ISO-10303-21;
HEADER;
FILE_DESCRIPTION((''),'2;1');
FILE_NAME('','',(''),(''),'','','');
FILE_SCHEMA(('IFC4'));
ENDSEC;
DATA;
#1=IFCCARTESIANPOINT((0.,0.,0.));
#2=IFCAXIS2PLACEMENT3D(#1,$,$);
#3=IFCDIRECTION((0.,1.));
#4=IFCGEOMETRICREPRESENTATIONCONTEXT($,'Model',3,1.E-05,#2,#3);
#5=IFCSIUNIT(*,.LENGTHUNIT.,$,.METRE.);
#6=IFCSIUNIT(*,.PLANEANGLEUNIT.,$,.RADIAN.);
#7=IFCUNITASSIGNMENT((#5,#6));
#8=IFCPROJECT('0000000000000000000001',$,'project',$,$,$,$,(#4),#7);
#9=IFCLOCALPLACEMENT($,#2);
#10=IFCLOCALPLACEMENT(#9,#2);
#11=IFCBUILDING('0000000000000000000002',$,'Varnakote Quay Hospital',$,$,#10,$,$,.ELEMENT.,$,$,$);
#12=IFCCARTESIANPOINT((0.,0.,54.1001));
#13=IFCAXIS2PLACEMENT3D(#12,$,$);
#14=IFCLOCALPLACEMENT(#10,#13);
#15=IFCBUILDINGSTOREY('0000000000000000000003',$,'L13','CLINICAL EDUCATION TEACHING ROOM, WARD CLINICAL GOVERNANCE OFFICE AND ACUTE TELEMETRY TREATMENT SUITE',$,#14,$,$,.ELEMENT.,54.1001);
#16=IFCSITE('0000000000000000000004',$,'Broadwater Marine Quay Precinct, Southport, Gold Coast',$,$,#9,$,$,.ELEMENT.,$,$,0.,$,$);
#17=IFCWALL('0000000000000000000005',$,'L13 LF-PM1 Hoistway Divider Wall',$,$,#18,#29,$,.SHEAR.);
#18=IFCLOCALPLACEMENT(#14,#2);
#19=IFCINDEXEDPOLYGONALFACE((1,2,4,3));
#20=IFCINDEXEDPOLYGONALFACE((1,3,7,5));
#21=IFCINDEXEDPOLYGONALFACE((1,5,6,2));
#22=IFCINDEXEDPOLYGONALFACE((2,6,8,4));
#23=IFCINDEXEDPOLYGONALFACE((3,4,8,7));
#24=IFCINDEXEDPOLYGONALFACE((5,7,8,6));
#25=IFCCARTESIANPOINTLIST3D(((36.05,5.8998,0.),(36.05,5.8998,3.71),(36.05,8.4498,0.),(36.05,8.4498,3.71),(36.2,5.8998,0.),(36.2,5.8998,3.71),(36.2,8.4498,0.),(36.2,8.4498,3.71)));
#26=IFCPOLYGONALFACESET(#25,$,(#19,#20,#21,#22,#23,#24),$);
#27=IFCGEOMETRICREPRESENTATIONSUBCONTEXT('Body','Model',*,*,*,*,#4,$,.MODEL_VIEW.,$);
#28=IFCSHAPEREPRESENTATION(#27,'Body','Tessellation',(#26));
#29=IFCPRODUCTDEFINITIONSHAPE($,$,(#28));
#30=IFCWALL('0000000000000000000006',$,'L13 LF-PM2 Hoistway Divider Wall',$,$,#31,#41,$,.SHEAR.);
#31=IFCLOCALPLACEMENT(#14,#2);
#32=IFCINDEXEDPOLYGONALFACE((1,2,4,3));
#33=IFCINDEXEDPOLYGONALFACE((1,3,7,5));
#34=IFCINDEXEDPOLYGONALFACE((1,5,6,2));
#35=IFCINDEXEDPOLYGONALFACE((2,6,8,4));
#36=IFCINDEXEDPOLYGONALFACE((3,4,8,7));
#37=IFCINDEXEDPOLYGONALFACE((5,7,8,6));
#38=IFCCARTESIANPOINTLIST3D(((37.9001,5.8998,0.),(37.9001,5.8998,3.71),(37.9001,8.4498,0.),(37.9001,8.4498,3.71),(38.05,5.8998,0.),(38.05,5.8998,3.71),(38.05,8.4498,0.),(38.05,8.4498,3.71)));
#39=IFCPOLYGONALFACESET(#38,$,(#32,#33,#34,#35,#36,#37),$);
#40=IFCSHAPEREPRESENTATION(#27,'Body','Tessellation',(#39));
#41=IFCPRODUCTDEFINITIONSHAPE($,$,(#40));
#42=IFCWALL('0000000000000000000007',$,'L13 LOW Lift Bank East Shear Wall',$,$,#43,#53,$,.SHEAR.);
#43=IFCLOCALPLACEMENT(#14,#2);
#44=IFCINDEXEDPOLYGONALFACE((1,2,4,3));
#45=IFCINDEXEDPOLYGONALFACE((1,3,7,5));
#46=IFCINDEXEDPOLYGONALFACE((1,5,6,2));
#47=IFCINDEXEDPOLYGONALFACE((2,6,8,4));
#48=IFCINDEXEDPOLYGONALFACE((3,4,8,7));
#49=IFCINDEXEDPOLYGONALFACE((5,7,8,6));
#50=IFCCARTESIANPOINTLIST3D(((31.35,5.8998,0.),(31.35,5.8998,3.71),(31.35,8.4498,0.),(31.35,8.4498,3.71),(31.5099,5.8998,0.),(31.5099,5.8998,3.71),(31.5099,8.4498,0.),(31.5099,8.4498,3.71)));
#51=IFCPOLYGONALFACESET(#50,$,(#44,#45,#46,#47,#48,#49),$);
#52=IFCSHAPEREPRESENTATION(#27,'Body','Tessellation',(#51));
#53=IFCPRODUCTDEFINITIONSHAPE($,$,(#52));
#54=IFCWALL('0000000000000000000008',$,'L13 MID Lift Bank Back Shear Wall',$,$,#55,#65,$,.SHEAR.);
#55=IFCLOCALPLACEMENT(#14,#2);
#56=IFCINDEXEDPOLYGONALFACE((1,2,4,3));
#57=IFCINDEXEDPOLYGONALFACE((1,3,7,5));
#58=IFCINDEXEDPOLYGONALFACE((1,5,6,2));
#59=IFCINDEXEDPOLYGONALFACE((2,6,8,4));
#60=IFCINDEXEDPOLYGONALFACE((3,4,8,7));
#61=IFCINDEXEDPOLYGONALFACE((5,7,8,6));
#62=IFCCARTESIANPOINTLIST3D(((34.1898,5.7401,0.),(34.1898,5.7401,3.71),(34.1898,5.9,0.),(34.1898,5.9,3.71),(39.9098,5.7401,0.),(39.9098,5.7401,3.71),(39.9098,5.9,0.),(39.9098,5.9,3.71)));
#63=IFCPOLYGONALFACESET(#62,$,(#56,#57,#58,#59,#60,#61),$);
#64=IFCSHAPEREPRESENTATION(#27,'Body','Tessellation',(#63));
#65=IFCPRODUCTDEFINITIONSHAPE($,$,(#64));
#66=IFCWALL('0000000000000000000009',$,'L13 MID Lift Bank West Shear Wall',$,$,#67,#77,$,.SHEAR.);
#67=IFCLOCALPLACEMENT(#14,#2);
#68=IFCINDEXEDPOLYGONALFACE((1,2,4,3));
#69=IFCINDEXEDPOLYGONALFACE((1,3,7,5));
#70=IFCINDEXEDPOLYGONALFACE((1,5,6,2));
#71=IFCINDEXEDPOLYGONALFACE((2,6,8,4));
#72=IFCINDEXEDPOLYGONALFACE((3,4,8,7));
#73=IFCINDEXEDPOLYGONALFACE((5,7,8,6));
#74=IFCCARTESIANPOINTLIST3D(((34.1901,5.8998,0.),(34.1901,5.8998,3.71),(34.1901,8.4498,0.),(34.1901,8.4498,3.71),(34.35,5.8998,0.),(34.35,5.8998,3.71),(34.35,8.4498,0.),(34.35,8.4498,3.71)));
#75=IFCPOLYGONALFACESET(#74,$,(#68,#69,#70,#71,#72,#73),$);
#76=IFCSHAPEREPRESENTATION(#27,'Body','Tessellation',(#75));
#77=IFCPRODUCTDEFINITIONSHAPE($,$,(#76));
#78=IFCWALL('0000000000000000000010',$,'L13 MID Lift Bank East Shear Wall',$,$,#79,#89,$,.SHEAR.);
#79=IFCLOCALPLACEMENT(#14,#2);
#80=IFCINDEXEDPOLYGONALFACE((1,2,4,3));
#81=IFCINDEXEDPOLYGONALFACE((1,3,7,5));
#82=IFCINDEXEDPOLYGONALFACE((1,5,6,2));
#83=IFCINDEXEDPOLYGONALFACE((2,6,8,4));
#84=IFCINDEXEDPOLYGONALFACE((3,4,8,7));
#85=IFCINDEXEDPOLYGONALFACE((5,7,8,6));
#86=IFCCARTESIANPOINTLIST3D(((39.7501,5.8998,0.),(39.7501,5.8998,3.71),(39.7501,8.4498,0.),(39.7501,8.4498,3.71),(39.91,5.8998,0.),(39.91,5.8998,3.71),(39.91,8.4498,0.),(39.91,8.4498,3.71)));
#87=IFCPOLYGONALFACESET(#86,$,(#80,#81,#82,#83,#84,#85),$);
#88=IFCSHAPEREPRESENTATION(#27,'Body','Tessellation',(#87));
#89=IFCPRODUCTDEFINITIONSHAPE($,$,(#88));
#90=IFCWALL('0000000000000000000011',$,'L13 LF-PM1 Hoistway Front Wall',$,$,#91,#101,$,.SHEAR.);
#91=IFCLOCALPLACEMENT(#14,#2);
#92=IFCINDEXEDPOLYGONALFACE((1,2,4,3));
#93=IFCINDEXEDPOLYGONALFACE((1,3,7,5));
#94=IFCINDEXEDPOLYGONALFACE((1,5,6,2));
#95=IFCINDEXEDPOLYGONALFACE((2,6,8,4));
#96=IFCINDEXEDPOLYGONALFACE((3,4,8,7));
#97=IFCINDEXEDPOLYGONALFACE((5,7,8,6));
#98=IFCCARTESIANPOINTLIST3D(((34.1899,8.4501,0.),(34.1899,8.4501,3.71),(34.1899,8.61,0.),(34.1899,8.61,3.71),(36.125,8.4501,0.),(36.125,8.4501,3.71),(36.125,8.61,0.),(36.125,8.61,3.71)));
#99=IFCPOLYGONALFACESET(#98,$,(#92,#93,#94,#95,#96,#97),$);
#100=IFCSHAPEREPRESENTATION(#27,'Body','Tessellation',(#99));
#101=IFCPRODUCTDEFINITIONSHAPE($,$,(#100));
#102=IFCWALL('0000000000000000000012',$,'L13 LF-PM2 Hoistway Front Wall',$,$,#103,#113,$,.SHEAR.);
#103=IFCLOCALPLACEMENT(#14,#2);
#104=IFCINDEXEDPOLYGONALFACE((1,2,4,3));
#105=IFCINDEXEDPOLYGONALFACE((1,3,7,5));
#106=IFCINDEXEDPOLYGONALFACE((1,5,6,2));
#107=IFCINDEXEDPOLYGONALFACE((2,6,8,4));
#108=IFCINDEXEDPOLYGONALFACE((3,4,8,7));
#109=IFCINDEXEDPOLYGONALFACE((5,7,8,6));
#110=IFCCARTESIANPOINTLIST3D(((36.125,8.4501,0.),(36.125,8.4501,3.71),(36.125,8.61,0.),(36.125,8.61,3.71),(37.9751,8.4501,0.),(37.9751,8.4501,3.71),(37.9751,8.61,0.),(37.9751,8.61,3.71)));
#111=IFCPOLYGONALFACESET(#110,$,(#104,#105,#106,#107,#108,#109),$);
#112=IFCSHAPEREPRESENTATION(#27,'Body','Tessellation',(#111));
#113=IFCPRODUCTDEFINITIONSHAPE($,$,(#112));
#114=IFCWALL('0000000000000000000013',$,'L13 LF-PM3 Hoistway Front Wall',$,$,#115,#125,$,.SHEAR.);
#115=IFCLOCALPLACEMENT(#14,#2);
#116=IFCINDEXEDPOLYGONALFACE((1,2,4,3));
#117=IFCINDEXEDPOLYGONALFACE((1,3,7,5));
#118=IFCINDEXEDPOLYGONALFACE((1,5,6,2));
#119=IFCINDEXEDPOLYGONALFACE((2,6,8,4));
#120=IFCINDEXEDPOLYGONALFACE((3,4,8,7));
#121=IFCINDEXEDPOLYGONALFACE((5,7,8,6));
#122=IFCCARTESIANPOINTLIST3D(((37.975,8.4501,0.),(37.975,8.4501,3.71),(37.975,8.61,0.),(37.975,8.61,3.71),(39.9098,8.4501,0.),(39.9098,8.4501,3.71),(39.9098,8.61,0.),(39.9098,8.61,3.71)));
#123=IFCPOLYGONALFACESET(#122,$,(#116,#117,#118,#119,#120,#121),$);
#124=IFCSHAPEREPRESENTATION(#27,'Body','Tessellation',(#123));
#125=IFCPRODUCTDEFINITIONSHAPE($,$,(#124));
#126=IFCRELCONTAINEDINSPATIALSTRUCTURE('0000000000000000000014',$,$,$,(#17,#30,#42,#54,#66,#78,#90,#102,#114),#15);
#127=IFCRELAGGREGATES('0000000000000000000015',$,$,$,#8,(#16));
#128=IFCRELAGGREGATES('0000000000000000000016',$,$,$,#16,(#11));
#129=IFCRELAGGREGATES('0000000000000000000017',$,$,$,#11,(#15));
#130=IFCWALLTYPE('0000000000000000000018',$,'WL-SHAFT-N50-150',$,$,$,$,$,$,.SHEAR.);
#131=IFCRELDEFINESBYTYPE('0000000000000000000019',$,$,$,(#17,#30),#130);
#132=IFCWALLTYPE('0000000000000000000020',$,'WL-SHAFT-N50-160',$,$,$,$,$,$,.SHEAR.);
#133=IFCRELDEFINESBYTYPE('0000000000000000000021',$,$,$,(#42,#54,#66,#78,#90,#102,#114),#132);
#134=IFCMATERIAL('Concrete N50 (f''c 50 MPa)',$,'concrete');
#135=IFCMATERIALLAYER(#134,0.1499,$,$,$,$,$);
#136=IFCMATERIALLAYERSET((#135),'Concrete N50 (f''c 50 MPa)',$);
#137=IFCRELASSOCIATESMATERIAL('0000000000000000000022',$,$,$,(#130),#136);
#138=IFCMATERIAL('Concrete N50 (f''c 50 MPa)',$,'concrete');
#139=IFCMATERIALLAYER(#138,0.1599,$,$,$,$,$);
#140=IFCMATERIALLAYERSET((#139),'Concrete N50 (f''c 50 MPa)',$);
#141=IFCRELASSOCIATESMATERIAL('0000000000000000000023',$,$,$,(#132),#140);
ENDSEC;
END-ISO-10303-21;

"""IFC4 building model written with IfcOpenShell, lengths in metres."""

from ifc_helpers import new_model, si_unit, direction, frame, frame_2d, origin, place, context, subcontext, project, spatial, rectangle, extrude, material, layer, layer_set, type_object, element, save


model = new_model("IFC4")

# Units and contexts
model_context = context("Model", 3, precision=1e-05, world=origin(), true_north=direction((0.0, 1.0)))
body_context = subcontext(model_context, "Body", "Model", "MODEL_VIEW")
ifc_project = project(units=[si_unit("LENGTHUNIT", "METRE"), si_unit("PLANEANGLEUNIT", "RADIAN")], contexts=[model_context])

# Site, building, storey
site_placement = place(None, origin())
site = spatial("IfcSite", under=ifc_project, at=site_placement, Name="Broadwater Marine Quay Precinct, Southport, Gold Coast", CompositionType="ELEMENT", RefElevation=0.0)
building_placement = place(site_placement, origin())
building = spatial("IfcBuilding", under=site, at=building_placement, Name="Varnakote Quay Hospital", CompositionType="ELEMENT")
storey_placement = place(building_placement, frame((0.0, 0.0, 54.1001)))
storey = spatial("IfcBuildingStorey", under=building, at=storey_placement, Name="L13", Description="CLINICAL EDUCATION TEACHING ROOM, WARD CLINICAL GOVERNANCE OFFICE AND ACUTE TELEMETRY TREATMENT SUITE", CompositionType="ELEMENT", Elevation=54.1001)

# Walls
ifc_material_1 = material(Name="Concrete N50 (f'c 50 MPa)", Category="concrete")
ifc_layer_1 = layer(ifc_material_1, 0.1499)
ifc_layer_set_1 = layer_set([ifc_layer_1], Name="Concrete N50 (f'c 50 MPa)")
wall_type_1 = type_object("IfcWallType", Name="WL-SHAFT-N50-150", PredefinedType="SHEAR", material=ifc_layer_set_1)
for number, where, z_axis, x_axis, name in (
    (1, (36.125, 5.8999, 0.0), (0.0, 0.0, 1.0), (0.0, 1.0, 0.0), "L13 LF-PM1 Hoistway Divider Wall"),
    (2, (37.9751, 5.8999, 0.0), (0.0, 0.0, 1.0), (0.0, 1.0, 0.0), "L13 LF-PM2 Hoistway Divider Wall"),
):
    element("IfcWall", number, at=place(storey_placement, frame(where, z_axis=z_axis, x_axis=x_axis)), inside=storey, type_object=wall_type_1, Name=name, PredefinedType="SHEAR", context=body_context, shape_type="SweptSolid", body=[
        extrude(rectangle(XDim=2.55, YDim=0.1499, at=frame_2d((1.2749, 0.0))), origin(), (0.0, 0.0, 1.0), 3.71),
    ])
ifc_material_2 = material(Name="Concrete N50 (f'c 50 MPa)", Category="concrete")
ifc_layer_2 = layer(ifc_material_2, 0.1599)
ifc_layer_set_2 = layer_set([ifc_layer_2], Name="Concrete N50 (f'c 50 MPa)")
wall_type_2 = type_object("IfcWallType", Name="WL-SHAFT-N50-160", PredefinedType="SHEAR", material=ifc_layer_set_2)
wall_1_placement = place(storey_placement, frame((31.4299, 5.8999, 0.0), z_axis=(0.0, 0.0, 1.0), x_axis=(0.0, 1.0, 0.0)))
element("IfcWall", 3, at=wall_1_placement, inside=storey, type_object=wall_type_2, Name="L13 LOW Lift Bank East Shear Wall", PredefinedType="SHEAR", context=body_context, shape_type="SweptSolid", body=[
    extrude(rectangle(XDim=2.55, YDim=0.1599, at=frame_2d((1.2749, 0.0))), origin(), (0.0, 0.0, 1.0), 3.71),
])

# Walls
wall_2_placement = place(storey_placement, frame((34.1899, 5.8201, 0.0), z_axis=(0.0, 0.0, 1.0), x_axis=(1.0, 0.0, 0.0)))
element("IfcWall", 4, at=wall_2_placement, inside=storey, type_object=wall_type_2, Name="L13 MID Lift Bank Back Shear Wall", PredefinedType="SHEAR", context=body_context, shape_type="SweptSolid", body=[
    extrude(rectangle(XDim=5.72, YDim=0.1599, at=frame_2d((2.8599, 0.0))), origin(), (0.0, 0.0, 1.0), 3.71),
])
for number, where, z_axis, x_axis, name in (
    (5, (34.27, 5.8999, 0.0), (0.0, 0.0, 1.0), (0.0, 1.0, 0.0), "L13 MID Lift Bank West Shear Wall"),
    (6, (39.8301, 5.8999, 0.0), (0.0, 0.0, 1.0), (0.0, 1.0, 0.0), "L13 MID Lift Bank East Shear Wall"),
):
    element("IfcWall", number, at=place(storey_placement, frame(where, z_axis=z_axis, x_axis=x_axis)), inside=storey, type_object=wall_type_2, Name=name, PredefinedType="SHEAR", context=body_context, shape_type="SweptSolid", body=[
        extrude(rectangle(XDim=2.55, YDim=0.1599, at=frame_2d((1.2749, 0.0))), origin(), (0.0, 0.0, 1.0), 3.71),
    ])
wall_3_placement = place(storey_placement, frame((34.1899, 8.53, 0.0), z_axis=(0.0, 0.0, 1.0), x_axis=(1.0, 0.0, 0.0)))
element("IfcWall", 7, at=wall_3_placement, inside=storey, type_object=wall_type_2, Name="L13 LF-PM1 Hoistway Front Wall", PredefinedType="SHEAR", context=body_context, shape_type="SweptSolid", body=[
    extrude(rectangle(XDim=1.9351, YDim=0.1599, at=frame_2d((0.9675, 0.0))), origin(), (0.0, 0.0, 1.0), 3.71),
])
wall_4_placement = place(storey_placement, frame((36.125, 8.53, 0.0), z_axis=(0.0, 0.0, 1.0), x_axis=(1.0, 0.0, 0.0)))
element("IfcWall", 8, at=wall_4_placement, inside=storey, type_object=wall_type_2, Name="L13 LF-PM2 Hoistway Front Wall", PredefinedType="SHEAR", context=body_context, shape_type="SweptSolid", body=[
    extrude(rectangle(XDim=1.8501, YDim=0.1599, at=frame_2d((0.925, 0.0))), origin(), (0.0, 0.0, 1.0), 3.71),
])
wall_5_placement = place(storey_placement, frame((37.9751, 8.53, 0.0), z_axis=(0.0, 0.0, 1.0), x_axis=(1.0, 0.0, 0.0)))
element("IfcWall", 9, at=wall_5_placement, inside=storey, type_object=wall_type_2, Name="L13 LF-PM3 Hoistway Front Wall", PredefinedType="SHEAR", context=body_context, shape_type="SweptSolid", body=[
    extrude(rectangle(XDim=1.9348, YDim=0.1599, at=frame_2d((0.9673, 0.0))), origin(), (0.0, 0.0, 1.0), 3.71),
])

save(model, "model.ifc")
